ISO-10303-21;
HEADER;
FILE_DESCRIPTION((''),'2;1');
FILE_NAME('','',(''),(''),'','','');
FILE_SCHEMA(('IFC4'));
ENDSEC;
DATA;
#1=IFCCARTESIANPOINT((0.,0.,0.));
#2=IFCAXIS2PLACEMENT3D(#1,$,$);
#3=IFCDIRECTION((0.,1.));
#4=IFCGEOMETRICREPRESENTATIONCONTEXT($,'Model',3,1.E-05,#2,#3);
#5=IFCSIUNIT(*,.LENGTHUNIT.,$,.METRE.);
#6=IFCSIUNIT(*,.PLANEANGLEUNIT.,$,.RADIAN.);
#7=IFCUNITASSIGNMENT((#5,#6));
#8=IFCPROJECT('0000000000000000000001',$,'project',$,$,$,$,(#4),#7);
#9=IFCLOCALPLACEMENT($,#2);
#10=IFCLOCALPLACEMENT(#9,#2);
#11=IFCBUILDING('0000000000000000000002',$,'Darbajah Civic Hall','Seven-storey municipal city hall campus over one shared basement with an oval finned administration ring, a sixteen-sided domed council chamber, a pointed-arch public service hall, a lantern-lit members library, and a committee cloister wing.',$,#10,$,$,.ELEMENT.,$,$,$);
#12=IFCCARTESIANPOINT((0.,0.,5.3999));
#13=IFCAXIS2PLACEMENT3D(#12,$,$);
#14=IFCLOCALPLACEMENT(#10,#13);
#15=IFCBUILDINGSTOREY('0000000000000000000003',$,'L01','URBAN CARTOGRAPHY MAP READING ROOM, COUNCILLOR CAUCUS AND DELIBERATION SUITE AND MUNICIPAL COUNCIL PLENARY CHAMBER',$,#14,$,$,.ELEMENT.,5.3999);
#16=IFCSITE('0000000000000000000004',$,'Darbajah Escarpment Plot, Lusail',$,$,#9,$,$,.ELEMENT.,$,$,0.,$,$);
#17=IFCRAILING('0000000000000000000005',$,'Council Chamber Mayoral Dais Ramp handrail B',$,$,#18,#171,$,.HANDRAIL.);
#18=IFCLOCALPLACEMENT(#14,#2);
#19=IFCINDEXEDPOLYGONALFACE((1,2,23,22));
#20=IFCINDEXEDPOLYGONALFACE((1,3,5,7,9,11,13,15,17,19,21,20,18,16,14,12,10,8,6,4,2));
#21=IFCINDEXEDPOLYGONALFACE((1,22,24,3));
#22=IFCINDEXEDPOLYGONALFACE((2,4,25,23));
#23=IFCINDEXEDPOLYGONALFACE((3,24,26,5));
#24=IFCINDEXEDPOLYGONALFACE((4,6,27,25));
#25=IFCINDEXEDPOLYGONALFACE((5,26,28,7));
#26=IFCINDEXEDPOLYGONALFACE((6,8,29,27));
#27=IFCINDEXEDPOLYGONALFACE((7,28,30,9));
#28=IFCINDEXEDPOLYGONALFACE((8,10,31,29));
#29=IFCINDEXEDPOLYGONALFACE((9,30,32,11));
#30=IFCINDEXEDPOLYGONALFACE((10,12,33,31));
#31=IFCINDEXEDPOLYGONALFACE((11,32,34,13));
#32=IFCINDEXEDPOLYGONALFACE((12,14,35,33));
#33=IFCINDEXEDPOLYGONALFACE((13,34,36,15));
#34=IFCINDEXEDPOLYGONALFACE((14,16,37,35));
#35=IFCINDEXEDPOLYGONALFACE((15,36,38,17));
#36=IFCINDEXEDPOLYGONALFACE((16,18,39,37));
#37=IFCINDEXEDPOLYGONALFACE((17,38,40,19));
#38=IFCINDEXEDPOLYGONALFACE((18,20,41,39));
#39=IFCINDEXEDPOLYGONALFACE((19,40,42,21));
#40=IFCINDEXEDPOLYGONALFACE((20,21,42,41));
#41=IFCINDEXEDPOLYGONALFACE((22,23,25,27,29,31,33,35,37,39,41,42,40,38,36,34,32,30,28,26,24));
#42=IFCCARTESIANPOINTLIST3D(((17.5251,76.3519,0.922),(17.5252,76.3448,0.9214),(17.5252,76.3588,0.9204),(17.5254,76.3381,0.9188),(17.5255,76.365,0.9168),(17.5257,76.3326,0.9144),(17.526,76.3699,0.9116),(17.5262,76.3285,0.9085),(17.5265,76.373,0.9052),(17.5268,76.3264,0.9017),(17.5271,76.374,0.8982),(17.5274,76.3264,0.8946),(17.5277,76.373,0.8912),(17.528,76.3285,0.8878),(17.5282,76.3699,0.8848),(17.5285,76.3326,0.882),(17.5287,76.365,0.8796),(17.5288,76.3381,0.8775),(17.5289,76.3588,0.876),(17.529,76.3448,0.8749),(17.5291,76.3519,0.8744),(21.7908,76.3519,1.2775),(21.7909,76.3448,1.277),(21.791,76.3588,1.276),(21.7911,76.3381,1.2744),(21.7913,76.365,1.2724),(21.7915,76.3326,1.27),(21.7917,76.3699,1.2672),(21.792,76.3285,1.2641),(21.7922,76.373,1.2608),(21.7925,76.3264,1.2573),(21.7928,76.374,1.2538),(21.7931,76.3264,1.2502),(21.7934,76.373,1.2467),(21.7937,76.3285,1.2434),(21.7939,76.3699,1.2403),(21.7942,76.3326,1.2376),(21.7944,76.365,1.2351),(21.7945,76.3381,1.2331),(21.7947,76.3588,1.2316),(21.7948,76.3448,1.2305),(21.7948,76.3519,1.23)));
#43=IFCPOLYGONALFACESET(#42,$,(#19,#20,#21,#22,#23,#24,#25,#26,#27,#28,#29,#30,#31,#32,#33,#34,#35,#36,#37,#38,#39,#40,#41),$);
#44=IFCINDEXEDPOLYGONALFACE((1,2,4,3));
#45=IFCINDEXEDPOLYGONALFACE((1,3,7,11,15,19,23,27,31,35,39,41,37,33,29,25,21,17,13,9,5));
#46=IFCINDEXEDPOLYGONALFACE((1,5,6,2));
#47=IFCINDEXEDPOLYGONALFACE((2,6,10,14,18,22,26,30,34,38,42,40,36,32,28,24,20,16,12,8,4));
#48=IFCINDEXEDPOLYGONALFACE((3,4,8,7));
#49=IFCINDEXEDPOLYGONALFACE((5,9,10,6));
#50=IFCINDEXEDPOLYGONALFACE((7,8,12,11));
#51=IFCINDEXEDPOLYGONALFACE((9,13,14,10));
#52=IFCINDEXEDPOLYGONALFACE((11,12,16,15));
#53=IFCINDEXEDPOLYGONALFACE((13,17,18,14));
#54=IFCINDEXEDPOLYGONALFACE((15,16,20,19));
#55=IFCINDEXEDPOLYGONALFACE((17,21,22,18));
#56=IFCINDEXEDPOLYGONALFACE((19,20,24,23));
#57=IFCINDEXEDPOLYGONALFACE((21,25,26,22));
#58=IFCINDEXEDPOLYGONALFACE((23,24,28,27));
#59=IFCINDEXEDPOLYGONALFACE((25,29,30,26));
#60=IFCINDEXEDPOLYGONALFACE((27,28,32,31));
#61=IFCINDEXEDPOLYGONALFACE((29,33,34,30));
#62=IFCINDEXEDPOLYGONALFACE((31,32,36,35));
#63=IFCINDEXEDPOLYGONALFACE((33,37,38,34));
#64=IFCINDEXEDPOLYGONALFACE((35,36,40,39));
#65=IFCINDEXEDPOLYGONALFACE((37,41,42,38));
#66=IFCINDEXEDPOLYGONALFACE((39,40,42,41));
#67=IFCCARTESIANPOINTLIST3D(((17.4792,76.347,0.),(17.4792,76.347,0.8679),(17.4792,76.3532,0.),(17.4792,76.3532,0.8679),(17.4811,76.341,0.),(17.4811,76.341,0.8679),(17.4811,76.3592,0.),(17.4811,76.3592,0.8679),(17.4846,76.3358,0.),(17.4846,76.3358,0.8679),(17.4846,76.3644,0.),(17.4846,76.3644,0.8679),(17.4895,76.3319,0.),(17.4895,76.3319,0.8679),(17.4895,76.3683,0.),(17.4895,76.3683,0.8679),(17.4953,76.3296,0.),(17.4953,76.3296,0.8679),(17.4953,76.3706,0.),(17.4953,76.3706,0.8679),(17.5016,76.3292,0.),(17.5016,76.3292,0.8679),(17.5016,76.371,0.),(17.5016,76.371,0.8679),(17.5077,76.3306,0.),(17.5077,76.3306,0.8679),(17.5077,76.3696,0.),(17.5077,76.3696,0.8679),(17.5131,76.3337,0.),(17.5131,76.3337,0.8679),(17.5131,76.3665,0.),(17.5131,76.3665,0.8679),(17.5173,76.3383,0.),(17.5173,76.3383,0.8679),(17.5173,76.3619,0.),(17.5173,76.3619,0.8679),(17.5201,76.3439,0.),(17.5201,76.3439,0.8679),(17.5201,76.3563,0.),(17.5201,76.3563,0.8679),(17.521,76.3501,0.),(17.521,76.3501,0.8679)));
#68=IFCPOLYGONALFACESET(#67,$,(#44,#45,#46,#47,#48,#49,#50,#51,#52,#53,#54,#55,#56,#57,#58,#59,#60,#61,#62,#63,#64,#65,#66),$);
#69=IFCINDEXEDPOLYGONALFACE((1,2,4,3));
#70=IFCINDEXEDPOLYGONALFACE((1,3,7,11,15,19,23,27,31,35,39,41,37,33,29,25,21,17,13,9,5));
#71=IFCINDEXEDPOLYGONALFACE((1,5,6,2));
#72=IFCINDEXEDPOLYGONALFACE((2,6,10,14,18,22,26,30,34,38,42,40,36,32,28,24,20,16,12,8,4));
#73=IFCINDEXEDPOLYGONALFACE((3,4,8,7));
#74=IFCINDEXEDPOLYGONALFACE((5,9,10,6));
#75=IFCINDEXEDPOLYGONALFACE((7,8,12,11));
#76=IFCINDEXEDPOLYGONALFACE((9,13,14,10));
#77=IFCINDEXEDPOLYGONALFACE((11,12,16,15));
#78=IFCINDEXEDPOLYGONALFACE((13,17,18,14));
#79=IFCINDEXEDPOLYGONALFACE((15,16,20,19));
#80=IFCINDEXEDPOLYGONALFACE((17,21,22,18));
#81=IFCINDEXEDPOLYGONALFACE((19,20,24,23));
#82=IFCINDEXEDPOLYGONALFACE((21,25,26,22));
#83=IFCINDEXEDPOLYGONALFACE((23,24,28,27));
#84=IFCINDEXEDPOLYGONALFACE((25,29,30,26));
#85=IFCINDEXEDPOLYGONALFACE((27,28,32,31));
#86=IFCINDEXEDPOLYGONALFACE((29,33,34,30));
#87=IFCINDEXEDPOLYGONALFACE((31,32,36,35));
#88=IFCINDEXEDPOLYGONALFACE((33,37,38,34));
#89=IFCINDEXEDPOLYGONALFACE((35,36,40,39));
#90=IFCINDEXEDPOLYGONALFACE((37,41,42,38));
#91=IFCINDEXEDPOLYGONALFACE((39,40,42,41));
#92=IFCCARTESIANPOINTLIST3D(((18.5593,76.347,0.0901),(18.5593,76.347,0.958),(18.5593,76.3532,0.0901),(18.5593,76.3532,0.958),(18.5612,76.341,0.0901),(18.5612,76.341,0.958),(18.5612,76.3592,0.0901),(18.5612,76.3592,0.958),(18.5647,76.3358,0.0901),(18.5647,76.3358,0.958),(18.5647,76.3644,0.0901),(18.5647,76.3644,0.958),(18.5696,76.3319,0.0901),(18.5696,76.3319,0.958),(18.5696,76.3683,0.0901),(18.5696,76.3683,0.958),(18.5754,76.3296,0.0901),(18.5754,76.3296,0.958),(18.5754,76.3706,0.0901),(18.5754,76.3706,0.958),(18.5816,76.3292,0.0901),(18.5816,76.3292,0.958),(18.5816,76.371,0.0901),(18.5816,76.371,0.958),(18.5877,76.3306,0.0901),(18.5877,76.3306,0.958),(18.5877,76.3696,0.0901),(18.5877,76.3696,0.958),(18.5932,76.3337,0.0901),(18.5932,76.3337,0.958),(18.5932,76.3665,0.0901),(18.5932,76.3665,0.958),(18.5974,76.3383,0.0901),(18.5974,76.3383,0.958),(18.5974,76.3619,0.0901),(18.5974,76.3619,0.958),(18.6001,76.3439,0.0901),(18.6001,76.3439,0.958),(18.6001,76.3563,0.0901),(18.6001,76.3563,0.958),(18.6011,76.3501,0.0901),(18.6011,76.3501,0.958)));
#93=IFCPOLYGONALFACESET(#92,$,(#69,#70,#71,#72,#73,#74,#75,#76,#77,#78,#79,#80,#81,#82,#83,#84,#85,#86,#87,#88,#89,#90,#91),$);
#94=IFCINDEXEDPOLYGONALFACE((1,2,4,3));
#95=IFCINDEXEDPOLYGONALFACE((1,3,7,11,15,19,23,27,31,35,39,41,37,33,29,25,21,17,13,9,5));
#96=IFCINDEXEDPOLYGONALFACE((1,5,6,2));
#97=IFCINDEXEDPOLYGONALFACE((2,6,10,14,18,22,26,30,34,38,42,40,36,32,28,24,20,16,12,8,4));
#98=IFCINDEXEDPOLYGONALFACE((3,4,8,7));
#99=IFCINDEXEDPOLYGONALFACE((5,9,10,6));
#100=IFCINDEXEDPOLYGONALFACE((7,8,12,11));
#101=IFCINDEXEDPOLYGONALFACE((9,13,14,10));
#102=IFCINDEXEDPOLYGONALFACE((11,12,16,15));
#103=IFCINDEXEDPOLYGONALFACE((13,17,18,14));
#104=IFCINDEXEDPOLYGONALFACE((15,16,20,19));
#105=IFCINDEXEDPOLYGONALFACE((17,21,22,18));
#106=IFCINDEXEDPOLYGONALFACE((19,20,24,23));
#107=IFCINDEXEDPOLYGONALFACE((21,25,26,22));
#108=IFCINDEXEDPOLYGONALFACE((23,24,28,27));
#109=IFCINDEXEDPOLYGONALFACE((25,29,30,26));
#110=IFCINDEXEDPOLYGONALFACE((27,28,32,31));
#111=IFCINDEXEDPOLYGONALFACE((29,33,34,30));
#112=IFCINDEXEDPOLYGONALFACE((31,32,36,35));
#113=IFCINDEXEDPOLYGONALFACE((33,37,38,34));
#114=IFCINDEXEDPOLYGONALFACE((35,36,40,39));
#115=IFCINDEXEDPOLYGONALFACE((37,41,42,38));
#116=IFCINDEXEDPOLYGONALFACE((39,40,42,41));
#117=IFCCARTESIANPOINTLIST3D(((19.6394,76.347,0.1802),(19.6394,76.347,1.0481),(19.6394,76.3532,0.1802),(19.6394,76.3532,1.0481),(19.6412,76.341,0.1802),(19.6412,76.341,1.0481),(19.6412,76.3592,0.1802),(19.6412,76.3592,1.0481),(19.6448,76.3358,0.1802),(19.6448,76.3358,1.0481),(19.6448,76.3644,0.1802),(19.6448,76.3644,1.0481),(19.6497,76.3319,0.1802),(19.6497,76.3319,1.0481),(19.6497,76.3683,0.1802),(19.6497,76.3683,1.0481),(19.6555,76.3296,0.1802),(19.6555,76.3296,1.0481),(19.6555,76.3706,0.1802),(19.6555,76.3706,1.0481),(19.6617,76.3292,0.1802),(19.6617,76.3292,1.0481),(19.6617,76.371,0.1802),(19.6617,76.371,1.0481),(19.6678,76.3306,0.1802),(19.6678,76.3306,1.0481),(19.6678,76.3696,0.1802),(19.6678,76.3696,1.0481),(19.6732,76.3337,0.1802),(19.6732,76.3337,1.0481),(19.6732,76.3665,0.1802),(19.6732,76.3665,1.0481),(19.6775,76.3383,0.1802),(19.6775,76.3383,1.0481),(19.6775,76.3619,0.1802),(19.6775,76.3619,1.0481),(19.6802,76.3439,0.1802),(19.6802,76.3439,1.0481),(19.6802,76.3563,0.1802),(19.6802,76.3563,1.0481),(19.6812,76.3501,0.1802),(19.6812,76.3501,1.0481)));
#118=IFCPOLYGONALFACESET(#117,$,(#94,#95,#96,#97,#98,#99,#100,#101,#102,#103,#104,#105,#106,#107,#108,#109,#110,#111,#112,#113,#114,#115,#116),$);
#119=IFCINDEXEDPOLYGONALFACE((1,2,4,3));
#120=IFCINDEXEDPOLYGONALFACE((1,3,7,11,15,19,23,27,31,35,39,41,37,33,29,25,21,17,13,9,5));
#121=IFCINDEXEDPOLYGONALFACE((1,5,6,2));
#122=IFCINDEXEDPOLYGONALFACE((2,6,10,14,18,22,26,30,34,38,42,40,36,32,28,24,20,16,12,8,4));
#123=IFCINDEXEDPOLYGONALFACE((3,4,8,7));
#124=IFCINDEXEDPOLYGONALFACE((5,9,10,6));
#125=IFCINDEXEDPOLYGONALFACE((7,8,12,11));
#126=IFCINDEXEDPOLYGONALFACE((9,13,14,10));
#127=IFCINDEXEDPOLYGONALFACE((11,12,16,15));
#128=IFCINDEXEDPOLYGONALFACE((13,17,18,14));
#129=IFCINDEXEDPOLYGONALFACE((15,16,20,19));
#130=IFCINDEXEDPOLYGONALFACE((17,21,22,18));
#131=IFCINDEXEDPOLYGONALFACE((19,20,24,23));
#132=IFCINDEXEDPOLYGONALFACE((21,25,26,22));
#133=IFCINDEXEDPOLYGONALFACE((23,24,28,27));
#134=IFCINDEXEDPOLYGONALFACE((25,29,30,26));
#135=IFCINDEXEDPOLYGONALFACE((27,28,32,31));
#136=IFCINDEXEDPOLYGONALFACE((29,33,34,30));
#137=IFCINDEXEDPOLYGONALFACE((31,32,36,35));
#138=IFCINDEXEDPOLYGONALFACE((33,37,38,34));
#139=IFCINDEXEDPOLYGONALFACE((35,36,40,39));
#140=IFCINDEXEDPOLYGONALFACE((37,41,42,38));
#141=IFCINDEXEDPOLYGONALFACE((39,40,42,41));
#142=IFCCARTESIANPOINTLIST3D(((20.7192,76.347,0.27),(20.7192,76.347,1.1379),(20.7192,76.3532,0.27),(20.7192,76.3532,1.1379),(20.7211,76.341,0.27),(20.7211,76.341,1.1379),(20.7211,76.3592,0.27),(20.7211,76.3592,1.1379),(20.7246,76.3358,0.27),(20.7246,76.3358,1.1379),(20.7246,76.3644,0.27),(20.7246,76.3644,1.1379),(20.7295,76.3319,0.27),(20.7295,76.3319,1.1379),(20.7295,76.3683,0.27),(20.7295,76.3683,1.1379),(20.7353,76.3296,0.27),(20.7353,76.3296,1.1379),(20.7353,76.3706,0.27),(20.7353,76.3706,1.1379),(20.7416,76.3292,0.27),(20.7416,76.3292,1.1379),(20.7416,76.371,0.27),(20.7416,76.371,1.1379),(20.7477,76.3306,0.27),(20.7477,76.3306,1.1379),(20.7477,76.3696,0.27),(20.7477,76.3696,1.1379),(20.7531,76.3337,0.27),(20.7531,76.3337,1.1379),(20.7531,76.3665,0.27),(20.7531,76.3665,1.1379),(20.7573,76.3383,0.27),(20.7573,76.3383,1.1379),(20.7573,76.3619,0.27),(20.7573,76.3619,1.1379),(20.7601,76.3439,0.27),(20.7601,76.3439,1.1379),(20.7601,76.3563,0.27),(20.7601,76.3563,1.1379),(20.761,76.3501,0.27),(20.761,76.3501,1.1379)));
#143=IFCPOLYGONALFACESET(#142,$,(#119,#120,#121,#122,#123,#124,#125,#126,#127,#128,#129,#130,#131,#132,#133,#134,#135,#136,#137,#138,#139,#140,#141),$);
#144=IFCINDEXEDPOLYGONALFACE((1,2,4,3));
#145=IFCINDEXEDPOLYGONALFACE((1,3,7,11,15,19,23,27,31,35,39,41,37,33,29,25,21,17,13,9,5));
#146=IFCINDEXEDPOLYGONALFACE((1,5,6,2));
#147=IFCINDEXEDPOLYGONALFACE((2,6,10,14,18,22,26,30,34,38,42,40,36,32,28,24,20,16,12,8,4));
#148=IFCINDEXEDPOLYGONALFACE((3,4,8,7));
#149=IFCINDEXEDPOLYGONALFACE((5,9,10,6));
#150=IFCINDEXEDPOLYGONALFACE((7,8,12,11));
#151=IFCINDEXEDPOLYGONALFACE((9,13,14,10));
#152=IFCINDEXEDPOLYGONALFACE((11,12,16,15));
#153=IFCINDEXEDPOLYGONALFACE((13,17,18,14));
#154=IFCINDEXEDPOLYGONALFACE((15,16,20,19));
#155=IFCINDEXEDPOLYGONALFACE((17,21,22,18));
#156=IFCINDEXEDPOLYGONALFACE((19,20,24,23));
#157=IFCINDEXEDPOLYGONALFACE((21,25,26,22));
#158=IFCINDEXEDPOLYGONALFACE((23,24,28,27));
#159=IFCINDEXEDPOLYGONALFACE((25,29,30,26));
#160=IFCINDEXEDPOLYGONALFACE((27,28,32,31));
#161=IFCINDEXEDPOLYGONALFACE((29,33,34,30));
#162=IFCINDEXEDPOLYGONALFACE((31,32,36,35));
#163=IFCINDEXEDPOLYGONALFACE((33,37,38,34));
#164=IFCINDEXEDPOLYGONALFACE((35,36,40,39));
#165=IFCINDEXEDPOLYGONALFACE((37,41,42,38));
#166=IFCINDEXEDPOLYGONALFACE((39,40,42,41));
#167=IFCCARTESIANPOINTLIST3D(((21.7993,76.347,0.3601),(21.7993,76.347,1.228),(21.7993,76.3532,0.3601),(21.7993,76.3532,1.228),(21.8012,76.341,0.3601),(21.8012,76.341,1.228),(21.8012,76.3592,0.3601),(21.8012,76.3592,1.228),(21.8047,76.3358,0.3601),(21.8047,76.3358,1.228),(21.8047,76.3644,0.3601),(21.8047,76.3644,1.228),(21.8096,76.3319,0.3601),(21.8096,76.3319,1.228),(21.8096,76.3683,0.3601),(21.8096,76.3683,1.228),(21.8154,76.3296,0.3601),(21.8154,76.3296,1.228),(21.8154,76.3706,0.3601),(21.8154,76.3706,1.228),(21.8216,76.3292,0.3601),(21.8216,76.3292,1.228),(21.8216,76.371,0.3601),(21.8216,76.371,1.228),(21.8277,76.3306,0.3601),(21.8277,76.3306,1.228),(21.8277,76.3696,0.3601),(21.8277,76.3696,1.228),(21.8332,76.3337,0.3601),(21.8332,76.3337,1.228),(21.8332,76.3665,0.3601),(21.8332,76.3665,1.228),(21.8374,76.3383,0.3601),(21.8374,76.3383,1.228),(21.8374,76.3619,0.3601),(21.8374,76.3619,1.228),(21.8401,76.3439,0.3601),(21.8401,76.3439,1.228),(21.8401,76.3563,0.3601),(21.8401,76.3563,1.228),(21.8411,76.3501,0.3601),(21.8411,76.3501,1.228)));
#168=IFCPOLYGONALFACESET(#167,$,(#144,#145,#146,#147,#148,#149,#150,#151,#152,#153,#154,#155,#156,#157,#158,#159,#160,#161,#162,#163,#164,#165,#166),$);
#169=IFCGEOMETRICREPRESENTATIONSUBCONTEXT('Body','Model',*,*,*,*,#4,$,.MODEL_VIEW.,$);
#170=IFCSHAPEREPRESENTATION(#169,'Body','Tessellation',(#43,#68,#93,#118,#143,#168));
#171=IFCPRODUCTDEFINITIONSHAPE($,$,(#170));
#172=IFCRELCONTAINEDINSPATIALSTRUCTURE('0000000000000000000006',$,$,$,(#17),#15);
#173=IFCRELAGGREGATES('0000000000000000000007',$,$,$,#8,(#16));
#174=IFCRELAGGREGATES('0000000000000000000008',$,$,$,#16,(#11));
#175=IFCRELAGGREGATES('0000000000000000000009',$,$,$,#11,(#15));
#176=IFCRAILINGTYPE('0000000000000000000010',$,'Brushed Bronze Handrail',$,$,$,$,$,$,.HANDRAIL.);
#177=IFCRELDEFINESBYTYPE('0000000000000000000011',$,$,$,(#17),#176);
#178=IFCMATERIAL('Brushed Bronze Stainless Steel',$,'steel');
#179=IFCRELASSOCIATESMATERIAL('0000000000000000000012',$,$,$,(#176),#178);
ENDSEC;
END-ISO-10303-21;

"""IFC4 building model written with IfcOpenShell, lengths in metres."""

from ifc_helpers import new_model, si_unit, direction, frame, origin, origin_2d, place, context, subcontext, project, spatial, circle, extrude, material, type_object, element, save


model = new_model("IFC4")

# Units and contexts
model_context = context("Model", 3, precision=1e-05, world=origin(), true_north=direction((0.0, 1.0)))
body_context = subcontext(model_context, "Body", "Model", "MODEL_VIEW")
ifc_project = project(units=[si_unit("LENGTHUNIT", "METRE"), si_unit("PLANEANGLEUNIT", "RADIAN")], contexts=[model_context])

# Site, building, storey
site_placement = place(None, origin())
site = spatial("IfcSite", under=ifc_project, at=site_placement, Name="Darbajah Escarpment Plot, Lusail", CompositionType="ELEMENT", RefElevation=0.0)
building_placement = place(site_placement, origin())
building = spatial("IfcBuilding", under=site, at=building_placement, Name="Darbajah Civic Hall", Description="Seven-storey municipal city hall campus over one shared basement with an oval finned administration ring, a sixteen-sided domed council chamber, a pointed-arch public service hall, a lantern-lit members library, and a committee cloister wing.", CompositionType="ELEMENT")
storey_placement = place(building_placement, frame((0.0, 0.0, 5.3999)))
storey = spatial("IfcBuildingStorey", under=building, at=storey_placement, Name="L01", Description="URBAN CARTOGRAPHY MAP READING ROOM, COUNCILLOR CAUCUS AND DELIBERATION SUITE AND MUNICIPAL COUNCIL PLENARY CHAMBER", CompositionType="ELEMENT", Elevation=5.3999)

# Railing
ifc_material_1 = material(Name="Brushed Bronze Stainless Steel", Category="steel")
railing_type = type_object("IfcRailingType", Name="Brushed Bronze Handrail", PredefinedType="HANDRAIL", material=ifc_material_1)
for number, where, name in (
    (1, (17.5, 76.3501, 0.0), "Council Chamber Mayoral Dais Ramp handrail B"),
):
    element("IfcRailing", number, at=place(storey_placement, frame(where)), inside=storey, type_object=railing_type, Name=name, PredefinedType="HANDRAIL", context=body_context, shape_type="SweptSolid", body=[
        extrude(circle(Radius=0.0239, at=origin_2d()), frame((0.0271, 0.0, 0.8982), z_axis=(0.996544, 0.0, 0.083069), x_axis=(0.0, 1.0, 0.0)), (0.0, 0.0, 1.0), 4.2805),
        extrude(circle(Radius=0.021, at=origin_2d()), origin(), (0.0, 0.0, 1.0), 0.8679),
        extrude(circle(Radius=0.021, at=origin_2d()), frame((1.0801, 0.0, 0.0901)), (0.0, 0.0, 1.0), 0.8679),
        extrude(circle(Radius=0.021, at=origin_2d()), frame((2.1602, 0.0, 0.1802)), (0.0, 0.0, 1.0), 0.8679),
        extrude(circle(Radius=0.021, at=origin_2d()), frame((3.24, 0.0, 0.27)), (0.0, 0.0, 1.0), 0.8679),
        extrude(circle(Radius=0.021, at=origin_2d()), frame((4.3201, 0.0, 0.3601)), (0.0, 0.0, 1.0), 0.8679),
    ])

save(model, "model.ifc")
